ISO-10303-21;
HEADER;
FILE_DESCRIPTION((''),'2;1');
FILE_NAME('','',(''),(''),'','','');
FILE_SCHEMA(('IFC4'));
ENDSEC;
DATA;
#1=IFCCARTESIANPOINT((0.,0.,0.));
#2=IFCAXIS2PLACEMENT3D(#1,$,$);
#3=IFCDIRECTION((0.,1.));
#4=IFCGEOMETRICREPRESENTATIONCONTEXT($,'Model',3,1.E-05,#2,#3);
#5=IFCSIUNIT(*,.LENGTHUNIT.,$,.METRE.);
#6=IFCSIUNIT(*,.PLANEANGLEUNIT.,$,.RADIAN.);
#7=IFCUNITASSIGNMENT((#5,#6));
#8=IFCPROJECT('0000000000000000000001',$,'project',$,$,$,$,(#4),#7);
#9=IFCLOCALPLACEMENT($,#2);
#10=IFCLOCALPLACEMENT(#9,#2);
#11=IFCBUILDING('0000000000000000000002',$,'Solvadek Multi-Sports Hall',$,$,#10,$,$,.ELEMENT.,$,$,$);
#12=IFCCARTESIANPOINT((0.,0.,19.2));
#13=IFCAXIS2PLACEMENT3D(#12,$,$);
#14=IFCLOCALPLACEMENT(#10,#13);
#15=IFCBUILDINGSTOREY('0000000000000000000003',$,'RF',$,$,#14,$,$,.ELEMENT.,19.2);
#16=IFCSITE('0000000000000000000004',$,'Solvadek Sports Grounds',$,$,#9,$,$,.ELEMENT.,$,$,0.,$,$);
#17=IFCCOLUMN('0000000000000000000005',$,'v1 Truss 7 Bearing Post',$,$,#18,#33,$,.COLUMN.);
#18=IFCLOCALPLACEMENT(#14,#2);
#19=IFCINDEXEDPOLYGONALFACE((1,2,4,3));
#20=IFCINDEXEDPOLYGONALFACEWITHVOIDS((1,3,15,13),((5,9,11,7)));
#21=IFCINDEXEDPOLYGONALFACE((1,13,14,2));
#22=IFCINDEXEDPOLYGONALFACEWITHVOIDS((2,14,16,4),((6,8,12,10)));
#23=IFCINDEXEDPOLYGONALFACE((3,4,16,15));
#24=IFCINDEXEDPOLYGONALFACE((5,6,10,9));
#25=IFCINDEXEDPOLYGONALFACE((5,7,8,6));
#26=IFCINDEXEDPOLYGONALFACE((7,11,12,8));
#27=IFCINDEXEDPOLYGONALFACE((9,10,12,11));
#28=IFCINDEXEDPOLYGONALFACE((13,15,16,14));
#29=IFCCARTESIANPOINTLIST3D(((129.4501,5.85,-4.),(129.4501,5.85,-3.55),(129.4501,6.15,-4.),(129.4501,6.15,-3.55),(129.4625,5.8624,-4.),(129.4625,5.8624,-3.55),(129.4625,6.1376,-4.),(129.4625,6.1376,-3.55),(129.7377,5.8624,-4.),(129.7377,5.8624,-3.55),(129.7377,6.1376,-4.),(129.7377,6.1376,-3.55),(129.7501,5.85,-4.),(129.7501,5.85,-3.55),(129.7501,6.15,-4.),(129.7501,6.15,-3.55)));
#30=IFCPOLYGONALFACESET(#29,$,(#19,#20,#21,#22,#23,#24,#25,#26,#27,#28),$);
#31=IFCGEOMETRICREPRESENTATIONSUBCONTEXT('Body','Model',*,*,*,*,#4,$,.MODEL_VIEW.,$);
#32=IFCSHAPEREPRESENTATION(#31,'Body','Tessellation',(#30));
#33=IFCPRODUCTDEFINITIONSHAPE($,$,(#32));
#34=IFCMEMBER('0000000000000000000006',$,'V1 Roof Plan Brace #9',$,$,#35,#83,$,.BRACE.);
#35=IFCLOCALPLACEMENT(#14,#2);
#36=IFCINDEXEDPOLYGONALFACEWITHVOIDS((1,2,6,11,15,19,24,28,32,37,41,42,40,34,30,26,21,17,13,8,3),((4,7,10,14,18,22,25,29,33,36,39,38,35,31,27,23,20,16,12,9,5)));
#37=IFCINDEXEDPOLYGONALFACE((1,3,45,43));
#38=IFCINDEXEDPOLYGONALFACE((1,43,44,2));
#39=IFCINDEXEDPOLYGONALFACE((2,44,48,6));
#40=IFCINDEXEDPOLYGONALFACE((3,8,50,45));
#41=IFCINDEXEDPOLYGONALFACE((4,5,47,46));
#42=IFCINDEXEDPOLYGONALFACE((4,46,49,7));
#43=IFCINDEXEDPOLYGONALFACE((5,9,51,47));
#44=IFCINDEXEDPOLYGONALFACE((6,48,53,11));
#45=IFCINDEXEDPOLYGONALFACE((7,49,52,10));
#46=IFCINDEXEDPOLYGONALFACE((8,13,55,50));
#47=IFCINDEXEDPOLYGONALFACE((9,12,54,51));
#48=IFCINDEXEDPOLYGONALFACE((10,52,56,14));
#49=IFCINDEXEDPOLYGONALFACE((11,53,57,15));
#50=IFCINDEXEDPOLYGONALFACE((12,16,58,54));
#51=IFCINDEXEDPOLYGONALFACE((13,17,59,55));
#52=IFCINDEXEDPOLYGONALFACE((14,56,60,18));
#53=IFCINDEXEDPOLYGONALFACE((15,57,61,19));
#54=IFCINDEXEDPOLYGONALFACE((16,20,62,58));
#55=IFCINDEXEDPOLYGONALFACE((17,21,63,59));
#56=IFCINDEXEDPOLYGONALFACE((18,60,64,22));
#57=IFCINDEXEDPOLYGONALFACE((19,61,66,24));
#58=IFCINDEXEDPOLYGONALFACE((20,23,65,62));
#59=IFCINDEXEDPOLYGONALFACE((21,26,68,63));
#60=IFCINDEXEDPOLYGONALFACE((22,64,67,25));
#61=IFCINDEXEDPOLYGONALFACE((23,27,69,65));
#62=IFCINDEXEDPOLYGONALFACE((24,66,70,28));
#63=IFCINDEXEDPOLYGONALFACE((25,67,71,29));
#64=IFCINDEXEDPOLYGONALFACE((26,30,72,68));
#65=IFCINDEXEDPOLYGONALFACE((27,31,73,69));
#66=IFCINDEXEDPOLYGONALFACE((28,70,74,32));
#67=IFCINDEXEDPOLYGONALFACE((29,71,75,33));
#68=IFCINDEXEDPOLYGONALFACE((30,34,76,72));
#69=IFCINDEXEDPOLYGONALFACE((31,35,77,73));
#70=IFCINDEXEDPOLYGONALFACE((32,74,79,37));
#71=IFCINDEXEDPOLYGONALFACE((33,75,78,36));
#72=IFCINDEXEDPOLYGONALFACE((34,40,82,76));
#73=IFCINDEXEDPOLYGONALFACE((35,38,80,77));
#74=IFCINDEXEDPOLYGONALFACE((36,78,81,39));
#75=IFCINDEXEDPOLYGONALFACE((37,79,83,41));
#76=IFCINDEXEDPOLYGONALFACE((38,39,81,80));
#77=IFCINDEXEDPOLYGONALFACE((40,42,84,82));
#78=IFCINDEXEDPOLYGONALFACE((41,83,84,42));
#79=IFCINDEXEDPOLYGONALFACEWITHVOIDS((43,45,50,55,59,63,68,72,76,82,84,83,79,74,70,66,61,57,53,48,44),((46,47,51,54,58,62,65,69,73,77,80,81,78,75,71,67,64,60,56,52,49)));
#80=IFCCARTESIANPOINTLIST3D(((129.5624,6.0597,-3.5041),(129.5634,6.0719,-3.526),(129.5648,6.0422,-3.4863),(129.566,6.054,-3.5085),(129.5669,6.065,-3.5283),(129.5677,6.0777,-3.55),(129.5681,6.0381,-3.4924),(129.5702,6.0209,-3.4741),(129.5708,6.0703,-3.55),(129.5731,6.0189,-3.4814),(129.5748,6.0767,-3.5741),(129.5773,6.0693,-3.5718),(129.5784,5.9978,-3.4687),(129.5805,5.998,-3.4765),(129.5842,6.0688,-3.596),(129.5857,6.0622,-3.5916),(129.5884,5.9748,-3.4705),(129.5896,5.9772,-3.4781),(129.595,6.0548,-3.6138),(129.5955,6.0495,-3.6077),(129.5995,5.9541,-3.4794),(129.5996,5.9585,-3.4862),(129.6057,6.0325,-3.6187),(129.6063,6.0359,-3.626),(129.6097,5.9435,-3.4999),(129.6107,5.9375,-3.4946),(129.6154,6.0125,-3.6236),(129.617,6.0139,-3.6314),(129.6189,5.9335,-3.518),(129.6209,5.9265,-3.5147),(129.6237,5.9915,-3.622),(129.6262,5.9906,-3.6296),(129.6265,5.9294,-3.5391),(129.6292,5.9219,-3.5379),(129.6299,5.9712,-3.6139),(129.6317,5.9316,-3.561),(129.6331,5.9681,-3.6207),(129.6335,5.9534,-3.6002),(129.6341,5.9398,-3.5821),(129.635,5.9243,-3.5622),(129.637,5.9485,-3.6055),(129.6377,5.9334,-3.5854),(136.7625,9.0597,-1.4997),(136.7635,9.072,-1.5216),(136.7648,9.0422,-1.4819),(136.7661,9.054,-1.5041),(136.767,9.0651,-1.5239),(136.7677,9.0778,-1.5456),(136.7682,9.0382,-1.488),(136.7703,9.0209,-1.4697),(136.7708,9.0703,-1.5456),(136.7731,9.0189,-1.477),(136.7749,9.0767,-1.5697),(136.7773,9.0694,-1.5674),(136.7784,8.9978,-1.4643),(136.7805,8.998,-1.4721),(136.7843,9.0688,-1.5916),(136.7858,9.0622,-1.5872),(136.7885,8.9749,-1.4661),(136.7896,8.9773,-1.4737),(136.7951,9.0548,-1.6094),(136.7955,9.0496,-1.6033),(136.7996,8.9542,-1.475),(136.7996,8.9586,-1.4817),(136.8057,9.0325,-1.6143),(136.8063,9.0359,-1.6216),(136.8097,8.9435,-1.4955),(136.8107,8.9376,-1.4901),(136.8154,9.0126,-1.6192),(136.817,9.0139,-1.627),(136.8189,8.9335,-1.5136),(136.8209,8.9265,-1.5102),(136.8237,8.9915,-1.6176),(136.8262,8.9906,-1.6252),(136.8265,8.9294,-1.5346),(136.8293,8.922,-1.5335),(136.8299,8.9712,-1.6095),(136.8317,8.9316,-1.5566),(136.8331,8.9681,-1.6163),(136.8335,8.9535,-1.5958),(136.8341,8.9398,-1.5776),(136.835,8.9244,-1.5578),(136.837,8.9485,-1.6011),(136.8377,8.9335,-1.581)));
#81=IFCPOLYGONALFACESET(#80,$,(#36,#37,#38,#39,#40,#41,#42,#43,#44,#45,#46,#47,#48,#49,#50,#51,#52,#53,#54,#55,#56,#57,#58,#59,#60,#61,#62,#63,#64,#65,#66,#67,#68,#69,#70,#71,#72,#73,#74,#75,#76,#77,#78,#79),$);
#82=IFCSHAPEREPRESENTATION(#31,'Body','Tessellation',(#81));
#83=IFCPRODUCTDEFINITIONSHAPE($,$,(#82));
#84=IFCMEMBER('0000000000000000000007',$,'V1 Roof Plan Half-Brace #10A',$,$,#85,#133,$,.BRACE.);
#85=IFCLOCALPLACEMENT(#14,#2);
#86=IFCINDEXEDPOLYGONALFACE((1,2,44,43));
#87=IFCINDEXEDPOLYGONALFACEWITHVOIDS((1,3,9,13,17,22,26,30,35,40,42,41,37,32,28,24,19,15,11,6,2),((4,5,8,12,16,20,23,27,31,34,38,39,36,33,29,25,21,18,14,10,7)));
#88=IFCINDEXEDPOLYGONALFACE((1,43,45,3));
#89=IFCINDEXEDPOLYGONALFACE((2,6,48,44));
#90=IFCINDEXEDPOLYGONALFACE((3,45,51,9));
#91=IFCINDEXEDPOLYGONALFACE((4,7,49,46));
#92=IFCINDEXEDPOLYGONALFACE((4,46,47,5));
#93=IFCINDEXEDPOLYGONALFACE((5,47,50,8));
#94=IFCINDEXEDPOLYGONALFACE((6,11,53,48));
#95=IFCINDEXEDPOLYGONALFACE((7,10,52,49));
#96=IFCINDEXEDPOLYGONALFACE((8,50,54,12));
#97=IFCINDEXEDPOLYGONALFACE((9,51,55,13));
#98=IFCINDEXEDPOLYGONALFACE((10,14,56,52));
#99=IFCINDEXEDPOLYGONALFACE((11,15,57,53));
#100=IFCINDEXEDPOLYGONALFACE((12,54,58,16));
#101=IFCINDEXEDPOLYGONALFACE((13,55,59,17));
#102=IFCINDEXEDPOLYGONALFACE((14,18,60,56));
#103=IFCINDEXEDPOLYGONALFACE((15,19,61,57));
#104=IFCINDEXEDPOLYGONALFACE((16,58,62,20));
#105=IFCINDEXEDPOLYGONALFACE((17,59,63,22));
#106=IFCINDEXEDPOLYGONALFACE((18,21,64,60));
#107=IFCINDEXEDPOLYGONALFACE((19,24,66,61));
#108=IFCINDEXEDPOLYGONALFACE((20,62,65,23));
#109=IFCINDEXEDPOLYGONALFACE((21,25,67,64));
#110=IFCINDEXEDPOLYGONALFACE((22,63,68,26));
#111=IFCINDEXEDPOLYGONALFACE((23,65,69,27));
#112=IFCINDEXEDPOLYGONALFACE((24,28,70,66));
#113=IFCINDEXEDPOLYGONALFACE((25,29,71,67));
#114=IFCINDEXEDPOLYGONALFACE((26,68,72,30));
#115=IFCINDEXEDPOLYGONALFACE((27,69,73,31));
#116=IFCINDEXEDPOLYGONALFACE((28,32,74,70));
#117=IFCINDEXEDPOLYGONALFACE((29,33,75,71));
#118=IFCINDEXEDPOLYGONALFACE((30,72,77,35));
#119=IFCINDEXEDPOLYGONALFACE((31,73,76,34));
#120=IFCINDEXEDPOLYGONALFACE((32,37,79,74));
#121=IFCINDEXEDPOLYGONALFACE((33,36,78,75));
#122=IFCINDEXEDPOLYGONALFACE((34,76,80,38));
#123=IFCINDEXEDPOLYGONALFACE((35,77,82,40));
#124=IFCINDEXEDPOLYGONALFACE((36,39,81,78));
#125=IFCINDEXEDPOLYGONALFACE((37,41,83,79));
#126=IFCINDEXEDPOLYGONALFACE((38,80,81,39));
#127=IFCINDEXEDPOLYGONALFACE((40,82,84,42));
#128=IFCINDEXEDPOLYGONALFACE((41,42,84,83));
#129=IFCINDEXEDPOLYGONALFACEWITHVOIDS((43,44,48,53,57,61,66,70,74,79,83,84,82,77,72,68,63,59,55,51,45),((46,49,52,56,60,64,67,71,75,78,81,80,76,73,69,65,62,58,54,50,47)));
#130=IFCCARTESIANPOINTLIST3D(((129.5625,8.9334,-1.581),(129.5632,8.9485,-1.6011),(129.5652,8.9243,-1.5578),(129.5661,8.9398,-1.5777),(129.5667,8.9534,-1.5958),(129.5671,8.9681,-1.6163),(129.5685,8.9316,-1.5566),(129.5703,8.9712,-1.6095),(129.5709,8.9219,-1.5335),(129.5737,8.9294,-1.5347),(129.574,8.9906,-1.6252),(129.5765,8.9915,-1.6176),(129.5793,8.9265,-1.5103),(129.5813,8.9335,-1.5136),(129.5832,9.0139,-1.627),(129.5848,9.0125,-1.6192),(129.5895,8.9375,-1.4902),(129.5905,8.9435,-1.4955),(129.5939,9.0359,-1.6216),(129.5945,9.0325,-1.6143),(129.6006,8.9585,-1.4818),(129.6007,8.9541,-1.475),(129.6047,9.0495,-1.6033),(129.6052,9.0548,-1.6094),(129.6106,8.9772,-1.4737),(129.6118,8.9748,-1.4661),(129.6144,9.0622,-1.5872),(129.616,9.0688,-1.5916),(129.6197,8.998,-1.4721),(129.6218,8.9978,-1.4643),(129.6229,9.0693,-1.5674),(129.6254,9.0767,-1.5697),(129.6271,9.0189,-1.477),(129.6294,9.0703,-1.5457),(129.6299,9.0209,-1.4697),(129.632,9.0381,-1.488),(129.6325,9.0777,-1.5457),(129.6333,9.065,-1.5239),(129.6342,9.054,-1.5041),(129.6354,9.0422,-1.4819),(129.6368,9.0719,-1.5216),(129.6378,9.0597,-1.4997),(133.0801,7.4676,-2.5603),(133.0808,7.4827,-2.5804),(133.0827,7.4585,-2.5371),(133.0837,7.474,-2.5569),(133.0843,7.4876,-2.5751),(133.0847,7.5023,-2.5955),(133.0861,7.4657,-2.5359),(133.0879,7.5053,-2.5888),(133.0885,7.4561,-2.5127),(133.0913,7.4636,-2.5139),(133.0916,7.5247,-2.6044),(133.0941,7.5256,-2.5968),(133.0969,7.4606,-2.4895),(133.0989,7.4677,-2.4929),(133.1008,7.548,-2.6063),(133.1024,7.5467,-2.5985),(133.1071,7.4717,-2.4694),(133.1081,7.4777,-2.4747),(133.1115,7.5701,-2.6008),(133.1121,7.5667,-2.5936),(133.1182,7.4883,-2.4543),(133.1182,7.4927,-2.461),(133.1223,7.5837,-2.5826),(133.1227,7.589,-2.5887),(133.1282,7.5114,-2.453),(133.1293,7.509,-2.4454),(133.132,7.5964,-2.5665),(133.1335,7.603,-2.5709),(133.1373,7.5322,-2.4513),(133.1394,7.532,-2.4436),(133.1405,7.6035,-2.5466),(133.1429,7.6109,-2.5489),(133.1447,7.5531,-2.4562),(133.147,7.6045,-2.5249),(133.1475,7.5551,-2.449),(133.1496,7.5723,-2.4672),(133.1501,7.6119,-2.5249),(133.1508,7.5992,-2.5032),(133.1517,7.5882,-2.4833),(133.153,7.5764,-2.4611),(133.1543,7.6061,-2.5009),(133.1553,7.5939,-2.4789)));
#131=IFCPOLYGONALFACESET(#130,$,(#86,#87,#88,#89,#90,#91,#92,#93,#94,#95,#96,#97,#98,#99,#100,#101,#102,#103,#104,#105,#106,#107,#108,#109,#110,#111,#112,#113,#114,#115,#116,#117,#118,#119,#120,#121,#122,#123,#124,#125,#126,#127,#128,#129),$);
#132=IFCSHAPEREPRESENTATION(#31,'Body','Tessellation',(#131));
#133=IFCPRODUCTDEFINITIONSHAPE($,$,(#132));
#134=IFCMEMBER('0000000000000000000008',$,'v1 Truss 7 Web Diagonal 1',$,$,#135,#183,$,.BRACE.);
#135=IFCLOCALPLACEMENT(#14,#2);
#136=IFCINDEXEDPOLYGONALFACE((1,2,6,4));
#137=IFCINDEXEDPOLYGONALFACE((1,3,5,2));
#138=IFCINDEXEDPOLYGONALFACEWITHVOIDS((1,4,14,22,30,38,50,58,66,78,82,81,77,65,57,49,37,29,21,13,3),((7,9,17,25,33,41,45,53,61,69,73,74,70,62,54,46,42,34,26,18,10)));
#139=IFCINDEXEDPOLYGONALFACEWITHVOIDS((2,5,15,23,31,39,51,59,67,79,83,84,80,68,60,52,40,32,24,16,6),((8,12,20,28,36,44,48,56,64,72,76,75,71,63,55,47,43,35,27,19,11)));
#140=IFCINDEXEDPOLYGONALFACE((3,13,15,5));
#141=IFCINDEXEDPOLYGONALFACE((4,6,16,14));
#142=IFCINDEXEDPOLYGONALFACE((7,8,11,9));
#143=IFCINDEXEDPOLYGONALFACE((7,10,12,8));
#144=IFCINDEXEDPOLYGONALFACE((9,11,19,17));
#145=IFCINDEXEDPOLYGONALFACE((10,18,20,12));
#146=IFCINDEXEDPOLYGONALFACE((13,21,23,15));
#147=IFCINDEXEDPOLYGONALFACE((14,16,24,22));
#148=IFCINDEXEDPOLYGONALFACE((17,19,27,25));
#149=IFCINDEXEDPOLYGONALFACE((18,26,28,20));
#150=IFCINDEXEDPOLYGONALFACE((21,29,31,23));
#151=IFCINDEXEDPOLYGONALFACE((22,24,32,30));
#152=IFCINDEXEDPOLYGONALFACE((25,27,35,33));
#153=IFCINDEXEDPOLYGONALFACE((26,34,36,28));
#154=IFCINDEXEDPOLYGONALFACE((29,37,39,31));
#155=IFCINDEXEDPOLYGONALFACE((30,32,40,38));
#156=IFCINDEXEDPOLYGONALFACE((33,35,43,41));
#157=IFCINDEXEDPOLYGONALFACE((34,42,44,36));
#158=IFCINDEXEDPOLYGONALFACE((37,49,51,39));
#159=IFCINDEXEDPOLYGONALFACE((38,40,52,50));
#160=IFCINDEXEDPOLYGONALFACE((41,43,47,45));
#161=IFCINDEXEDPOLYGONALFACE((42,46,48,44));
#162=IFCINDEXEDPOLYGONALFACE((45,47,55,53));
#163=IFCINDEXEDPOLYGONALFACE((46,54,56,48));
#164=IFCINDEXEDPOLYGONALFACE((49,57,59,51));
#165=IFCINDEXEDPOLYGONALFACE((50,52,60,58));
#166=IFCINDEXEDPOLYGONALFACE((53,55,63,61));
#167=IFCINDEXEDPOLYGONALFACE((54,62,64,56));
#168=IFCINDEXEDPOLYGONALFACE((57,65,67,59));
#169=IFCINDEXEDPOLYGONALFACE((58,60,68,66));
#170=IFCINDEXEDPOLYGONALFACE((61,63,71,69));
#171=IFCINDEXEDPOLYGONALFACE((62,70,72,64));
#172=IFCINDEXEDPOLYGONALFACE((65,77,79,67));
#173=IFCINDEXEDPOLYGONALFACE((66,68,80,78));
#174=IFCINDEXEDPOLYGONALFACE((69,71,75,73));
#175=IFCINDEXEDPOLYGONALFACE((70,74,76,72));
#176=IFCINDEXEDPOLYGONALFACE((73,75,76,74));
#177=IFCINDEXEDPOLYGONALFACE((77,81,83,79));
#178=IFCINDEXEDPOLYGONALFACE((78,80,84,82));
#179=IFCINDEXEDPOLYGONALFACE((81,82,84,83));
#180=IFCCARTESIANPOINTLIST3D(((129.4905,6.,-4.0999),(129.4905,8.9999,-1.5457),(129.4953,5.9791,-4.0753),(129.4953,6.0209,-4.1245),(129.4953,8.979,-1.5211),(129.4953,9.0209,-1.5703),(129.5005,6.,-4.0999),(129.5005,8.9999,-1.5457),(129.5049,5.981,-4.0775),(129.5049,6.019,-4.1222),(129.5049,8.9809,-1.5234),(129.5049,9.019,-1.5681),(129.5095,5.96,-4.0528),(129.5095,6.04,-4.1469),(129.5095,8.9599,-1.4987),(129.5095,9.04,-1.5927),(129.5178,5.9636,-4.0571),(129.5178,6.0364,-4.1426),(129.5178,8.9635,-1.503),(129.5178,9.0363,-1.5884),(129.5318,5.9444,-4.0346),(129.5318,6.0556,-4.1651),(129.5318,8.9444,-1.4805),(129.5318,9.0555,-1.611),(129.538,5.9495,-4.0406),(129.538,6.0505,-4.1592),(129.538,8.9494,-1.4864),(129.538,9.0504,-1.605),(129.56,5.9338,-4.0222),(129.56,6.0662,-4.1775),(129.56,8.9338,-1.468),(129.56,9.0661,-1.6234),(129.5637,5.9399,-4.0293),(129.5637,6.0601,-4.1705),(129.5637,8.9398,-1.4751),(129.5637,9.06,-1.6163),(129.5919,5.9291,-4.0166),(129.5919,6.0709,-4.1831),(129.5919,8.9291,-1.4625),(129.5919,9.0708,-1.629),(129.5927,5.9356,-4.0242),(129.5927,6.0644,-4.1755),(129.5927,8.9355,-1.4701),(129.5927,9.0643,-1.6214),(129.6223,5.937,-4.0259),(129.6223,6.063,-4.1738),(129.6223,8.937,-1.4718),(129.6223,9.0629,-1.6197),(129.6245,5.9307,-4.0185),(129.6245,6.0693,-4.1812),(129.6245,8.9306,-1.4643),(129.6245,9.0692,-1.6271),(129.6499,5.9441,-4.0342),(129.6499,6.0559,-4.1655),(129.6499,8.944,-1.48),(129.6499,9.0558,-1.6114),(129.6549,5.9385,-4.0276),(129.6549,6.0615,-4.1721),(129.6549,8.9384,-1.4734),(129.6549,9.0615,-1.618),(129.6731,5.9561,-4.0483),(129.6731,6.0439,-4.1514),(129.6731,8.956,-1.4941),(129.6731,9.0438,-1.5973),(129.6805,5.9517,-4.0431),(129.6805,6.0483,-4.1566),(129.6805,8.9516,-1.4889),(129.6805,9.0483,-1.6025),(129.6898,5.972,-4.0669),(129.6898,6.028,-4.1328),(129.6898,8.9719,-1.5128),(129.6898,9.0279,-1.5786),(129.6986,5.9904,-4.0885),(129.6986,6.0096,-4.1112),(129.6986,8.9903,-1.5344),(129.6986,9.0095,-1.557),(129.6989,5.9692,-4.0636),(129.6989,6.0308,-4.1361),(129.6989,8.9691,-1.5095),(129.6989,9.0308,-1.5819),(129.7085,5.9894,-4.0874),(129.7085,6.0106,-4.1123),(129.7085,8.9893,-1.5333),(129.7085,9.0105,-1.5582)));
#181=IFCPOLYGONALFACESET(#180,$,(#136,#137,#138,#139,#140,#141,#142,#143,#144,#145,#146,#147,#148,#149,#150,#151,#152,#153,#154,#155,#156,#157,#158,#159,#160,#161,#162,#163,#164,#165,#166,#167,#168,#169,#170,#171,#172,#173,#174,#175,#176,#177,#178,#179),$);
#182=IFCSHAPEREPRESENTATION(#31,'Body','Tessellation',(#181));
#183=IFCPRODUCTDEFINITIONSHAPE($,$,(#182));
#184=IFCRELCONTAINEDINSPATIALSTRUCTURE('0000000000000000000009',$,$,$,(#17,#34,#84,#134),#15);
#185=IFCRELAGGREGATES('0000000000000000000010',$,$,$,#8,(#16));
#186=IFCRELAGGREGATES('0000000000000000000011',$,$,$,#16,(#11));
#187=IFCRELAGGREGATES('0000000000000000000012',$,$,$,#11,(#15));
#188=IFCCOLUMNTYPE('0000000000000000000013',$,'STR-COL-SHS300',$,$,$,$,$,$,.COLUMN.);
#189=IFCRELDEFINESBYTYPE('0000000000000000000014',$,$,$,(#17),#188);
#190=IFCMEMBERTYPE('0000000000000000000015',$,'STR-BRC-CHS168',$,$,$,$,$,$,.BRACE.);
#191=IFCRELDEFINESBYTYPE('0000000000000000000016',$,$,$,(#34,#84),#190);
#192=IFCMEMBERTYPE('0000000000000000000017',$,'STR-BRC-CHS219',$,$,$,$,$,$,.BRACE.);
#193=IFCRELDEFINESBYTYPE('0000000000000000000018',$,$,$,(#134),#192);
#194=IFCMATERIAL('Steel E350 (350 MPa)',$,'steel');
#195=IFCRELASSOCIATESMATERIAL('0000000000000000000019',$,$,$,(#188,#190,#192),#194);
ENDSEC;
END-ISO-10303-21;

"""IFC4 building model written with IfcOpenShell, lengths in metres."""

from ifc_helpers import new_model, si_unit, direction, frame, origin, origin_2d, place, context, subcontext, project, spatial, hollow_rectangle, hollow_circle, extrude, material, material_profile, profile_set, type_object, element, save


model = new_model("IFC4")

# Units and contexts
model_context = context("Model", 3, precision=1e-05, world=origin(), true_north=direction((0.0, 1.0)))
body_context = subcontext(model_context, "Body", "Model", "MODEL_VIEW")
ifc_project = project(units=[si_unit("LENGTHUNIT", "METRE"), si_unit("PLANEANGLEUNIT", "RADIAN")], contexts=[model_context])

# Site, building, storey
site_placement = place(None, origin())
site = spatial("IfcSite", under=ifc_project, at=site_placement, Name="Solvadek Sports Grounds", CompositionType="ELEMENT", RefElevation=0.0)
building_placement = place(site_placement, origin())
building = spatial("IfcBuilding", under=site, at=building_placement, Name="Solvadek Multi-Sports Hall", CompositionType="ELEMENT")
storey_placement = place(building_placement, frame((0.0, 0.0, 19.2)))
storey = spatial("IfcBuildingStorey", under=building, at=storey_placement, Name="RF", CompositionType="ELEMENT", Elevation=19.2)

# Column
ifc_material_1 = material(Name="Steel E350 (350 MPa)", Category="steel")
ifc_material_profile_1 = material_profile(ifc_material_1, hollow_rectangle(XDim=0.3, YDim=0.3, WallThickness=0.0125, at=origin_2d()), Name="SHS 300x300x12.5")
ifc_profile_set_1 = profile_set([ifc_material_profile_1], Name="Steel E350 (350 MPa)")
column_type = type_object("IfcColumnType", Name="STR-COL-SHS300", PredefinedType="COLUMN", material=ifc_profile_set_1)
column_placement = place(storey_placement, frame((129.6001, 6.0, -4.0), z_axis=(0.0, 0.0, 1.0), x_axis=(1.0, 0.0, 0.0)))
element("IfcColumn", 1, at=column_placement, inside=storey, type_object=column_type, Name="v1 Truss 7 Bearing Post", PredefinedType="COLUMN", context=body_context, shape_type="SweptSolid", body=[
    extrude(hollow_rectangle(XDim=0.3, YDim=0.3, WallThickness=0.0125, at=origin_2d()), origin(), (0.0, 0.0, 1.0), 0.45),
])

# Members
ifc_material_profile_2 = material_profile(ifc_material_1, hollow_circle(Radius=0.0842, WallThickness=0.0081, at=origin_2d()), Name="CHS 168.3x8")
ifc_profile_set_2 = profile_set([ifc_material_profile_2], Name="Steel E350 (350 MPa)")
member_type_1 = type_object("IfcMemberType", Name="STR-BRC-CHS168", PredefinedType="BRACE", material=ifc_profile_set_2)
member_1_placement = place(storey_placement, frame((129.6001, 6.0, -3.55), z_axis=(0.894029, 0.372514, 0.248889), x_axis=(-0.384618, 0.923076, 0.0)))
element("IfcMember", 2, at=member_1_placement, inside=storey, type_object=member_type_1, Name="V1 Roof Plan Brace #9", PredefinedType="BRACE", context=body_context, shape_type="SweptSolid", body=[
    extrude(hollow_circle(Radius=0.0842, WallThickness=0.0081, at=origin_2d()), origin(), (0.0, 0.0, 1.0), 8.0535),
])
member_2_placement = place(storey_placement, frame((129.6001, 9.0, -1.5457), z_axis=(0.894016, -0.372548, -0.248883), x_axis=(0.384652, 0.923062, 0.0)))
element("IfcMember", 3, at=member_2_placement, inside=storey, type_object=member_type_1, Name="V1 Roof Plan Half-Brace #10A", PredefinedType="BRACE", context=body_context, shape_type="SweptSolid", body=[
    extrude(hollow_circle(Radius=0.0842, WallThickness=0.0081, at=origin_2d()), origin(), (0.0, 0.0, 1.0), 3.9346),
])
ifc_material_profile_3 = material_profile(ifc_material_1, hollow_circle(Radius=0.1096, WallThickness=0.01, at=origin_2d()), Name="CHS 219.1x10")
ifc_profile_set_3 = profile_set([ifc_material_profile_3], Name="Steel E350 (350 MPa)")
member_type_2 = type_object("IfcMemberType", Name="STR-BRC-CHS219", PredefinedType="BRACE", material=ifc_profile_set_3)
member_3_placement = place(storey_placement, frame((129.6001, 6.0, -4.0999), z_axis=(0.0, 0.761413, 0.648267), x_axis=(-1.0, 0.0, 0.0)))
element("IfcMember", 4, at=member_3_placement, inside=storey, type_object=member_type_2, Name="v1 Truss 7 Web Diagonal 1", PredefinedType="BRACE", context=body_context, shape_type="SweptSolid", body=[
    extrude(hollow_circle(Radius=0.1096, WallThickness=0.01, at=origin_2d()), origin(), (0.0, 0.0, 1.0), 3.9399),
])

save(model, "model.ifc")
